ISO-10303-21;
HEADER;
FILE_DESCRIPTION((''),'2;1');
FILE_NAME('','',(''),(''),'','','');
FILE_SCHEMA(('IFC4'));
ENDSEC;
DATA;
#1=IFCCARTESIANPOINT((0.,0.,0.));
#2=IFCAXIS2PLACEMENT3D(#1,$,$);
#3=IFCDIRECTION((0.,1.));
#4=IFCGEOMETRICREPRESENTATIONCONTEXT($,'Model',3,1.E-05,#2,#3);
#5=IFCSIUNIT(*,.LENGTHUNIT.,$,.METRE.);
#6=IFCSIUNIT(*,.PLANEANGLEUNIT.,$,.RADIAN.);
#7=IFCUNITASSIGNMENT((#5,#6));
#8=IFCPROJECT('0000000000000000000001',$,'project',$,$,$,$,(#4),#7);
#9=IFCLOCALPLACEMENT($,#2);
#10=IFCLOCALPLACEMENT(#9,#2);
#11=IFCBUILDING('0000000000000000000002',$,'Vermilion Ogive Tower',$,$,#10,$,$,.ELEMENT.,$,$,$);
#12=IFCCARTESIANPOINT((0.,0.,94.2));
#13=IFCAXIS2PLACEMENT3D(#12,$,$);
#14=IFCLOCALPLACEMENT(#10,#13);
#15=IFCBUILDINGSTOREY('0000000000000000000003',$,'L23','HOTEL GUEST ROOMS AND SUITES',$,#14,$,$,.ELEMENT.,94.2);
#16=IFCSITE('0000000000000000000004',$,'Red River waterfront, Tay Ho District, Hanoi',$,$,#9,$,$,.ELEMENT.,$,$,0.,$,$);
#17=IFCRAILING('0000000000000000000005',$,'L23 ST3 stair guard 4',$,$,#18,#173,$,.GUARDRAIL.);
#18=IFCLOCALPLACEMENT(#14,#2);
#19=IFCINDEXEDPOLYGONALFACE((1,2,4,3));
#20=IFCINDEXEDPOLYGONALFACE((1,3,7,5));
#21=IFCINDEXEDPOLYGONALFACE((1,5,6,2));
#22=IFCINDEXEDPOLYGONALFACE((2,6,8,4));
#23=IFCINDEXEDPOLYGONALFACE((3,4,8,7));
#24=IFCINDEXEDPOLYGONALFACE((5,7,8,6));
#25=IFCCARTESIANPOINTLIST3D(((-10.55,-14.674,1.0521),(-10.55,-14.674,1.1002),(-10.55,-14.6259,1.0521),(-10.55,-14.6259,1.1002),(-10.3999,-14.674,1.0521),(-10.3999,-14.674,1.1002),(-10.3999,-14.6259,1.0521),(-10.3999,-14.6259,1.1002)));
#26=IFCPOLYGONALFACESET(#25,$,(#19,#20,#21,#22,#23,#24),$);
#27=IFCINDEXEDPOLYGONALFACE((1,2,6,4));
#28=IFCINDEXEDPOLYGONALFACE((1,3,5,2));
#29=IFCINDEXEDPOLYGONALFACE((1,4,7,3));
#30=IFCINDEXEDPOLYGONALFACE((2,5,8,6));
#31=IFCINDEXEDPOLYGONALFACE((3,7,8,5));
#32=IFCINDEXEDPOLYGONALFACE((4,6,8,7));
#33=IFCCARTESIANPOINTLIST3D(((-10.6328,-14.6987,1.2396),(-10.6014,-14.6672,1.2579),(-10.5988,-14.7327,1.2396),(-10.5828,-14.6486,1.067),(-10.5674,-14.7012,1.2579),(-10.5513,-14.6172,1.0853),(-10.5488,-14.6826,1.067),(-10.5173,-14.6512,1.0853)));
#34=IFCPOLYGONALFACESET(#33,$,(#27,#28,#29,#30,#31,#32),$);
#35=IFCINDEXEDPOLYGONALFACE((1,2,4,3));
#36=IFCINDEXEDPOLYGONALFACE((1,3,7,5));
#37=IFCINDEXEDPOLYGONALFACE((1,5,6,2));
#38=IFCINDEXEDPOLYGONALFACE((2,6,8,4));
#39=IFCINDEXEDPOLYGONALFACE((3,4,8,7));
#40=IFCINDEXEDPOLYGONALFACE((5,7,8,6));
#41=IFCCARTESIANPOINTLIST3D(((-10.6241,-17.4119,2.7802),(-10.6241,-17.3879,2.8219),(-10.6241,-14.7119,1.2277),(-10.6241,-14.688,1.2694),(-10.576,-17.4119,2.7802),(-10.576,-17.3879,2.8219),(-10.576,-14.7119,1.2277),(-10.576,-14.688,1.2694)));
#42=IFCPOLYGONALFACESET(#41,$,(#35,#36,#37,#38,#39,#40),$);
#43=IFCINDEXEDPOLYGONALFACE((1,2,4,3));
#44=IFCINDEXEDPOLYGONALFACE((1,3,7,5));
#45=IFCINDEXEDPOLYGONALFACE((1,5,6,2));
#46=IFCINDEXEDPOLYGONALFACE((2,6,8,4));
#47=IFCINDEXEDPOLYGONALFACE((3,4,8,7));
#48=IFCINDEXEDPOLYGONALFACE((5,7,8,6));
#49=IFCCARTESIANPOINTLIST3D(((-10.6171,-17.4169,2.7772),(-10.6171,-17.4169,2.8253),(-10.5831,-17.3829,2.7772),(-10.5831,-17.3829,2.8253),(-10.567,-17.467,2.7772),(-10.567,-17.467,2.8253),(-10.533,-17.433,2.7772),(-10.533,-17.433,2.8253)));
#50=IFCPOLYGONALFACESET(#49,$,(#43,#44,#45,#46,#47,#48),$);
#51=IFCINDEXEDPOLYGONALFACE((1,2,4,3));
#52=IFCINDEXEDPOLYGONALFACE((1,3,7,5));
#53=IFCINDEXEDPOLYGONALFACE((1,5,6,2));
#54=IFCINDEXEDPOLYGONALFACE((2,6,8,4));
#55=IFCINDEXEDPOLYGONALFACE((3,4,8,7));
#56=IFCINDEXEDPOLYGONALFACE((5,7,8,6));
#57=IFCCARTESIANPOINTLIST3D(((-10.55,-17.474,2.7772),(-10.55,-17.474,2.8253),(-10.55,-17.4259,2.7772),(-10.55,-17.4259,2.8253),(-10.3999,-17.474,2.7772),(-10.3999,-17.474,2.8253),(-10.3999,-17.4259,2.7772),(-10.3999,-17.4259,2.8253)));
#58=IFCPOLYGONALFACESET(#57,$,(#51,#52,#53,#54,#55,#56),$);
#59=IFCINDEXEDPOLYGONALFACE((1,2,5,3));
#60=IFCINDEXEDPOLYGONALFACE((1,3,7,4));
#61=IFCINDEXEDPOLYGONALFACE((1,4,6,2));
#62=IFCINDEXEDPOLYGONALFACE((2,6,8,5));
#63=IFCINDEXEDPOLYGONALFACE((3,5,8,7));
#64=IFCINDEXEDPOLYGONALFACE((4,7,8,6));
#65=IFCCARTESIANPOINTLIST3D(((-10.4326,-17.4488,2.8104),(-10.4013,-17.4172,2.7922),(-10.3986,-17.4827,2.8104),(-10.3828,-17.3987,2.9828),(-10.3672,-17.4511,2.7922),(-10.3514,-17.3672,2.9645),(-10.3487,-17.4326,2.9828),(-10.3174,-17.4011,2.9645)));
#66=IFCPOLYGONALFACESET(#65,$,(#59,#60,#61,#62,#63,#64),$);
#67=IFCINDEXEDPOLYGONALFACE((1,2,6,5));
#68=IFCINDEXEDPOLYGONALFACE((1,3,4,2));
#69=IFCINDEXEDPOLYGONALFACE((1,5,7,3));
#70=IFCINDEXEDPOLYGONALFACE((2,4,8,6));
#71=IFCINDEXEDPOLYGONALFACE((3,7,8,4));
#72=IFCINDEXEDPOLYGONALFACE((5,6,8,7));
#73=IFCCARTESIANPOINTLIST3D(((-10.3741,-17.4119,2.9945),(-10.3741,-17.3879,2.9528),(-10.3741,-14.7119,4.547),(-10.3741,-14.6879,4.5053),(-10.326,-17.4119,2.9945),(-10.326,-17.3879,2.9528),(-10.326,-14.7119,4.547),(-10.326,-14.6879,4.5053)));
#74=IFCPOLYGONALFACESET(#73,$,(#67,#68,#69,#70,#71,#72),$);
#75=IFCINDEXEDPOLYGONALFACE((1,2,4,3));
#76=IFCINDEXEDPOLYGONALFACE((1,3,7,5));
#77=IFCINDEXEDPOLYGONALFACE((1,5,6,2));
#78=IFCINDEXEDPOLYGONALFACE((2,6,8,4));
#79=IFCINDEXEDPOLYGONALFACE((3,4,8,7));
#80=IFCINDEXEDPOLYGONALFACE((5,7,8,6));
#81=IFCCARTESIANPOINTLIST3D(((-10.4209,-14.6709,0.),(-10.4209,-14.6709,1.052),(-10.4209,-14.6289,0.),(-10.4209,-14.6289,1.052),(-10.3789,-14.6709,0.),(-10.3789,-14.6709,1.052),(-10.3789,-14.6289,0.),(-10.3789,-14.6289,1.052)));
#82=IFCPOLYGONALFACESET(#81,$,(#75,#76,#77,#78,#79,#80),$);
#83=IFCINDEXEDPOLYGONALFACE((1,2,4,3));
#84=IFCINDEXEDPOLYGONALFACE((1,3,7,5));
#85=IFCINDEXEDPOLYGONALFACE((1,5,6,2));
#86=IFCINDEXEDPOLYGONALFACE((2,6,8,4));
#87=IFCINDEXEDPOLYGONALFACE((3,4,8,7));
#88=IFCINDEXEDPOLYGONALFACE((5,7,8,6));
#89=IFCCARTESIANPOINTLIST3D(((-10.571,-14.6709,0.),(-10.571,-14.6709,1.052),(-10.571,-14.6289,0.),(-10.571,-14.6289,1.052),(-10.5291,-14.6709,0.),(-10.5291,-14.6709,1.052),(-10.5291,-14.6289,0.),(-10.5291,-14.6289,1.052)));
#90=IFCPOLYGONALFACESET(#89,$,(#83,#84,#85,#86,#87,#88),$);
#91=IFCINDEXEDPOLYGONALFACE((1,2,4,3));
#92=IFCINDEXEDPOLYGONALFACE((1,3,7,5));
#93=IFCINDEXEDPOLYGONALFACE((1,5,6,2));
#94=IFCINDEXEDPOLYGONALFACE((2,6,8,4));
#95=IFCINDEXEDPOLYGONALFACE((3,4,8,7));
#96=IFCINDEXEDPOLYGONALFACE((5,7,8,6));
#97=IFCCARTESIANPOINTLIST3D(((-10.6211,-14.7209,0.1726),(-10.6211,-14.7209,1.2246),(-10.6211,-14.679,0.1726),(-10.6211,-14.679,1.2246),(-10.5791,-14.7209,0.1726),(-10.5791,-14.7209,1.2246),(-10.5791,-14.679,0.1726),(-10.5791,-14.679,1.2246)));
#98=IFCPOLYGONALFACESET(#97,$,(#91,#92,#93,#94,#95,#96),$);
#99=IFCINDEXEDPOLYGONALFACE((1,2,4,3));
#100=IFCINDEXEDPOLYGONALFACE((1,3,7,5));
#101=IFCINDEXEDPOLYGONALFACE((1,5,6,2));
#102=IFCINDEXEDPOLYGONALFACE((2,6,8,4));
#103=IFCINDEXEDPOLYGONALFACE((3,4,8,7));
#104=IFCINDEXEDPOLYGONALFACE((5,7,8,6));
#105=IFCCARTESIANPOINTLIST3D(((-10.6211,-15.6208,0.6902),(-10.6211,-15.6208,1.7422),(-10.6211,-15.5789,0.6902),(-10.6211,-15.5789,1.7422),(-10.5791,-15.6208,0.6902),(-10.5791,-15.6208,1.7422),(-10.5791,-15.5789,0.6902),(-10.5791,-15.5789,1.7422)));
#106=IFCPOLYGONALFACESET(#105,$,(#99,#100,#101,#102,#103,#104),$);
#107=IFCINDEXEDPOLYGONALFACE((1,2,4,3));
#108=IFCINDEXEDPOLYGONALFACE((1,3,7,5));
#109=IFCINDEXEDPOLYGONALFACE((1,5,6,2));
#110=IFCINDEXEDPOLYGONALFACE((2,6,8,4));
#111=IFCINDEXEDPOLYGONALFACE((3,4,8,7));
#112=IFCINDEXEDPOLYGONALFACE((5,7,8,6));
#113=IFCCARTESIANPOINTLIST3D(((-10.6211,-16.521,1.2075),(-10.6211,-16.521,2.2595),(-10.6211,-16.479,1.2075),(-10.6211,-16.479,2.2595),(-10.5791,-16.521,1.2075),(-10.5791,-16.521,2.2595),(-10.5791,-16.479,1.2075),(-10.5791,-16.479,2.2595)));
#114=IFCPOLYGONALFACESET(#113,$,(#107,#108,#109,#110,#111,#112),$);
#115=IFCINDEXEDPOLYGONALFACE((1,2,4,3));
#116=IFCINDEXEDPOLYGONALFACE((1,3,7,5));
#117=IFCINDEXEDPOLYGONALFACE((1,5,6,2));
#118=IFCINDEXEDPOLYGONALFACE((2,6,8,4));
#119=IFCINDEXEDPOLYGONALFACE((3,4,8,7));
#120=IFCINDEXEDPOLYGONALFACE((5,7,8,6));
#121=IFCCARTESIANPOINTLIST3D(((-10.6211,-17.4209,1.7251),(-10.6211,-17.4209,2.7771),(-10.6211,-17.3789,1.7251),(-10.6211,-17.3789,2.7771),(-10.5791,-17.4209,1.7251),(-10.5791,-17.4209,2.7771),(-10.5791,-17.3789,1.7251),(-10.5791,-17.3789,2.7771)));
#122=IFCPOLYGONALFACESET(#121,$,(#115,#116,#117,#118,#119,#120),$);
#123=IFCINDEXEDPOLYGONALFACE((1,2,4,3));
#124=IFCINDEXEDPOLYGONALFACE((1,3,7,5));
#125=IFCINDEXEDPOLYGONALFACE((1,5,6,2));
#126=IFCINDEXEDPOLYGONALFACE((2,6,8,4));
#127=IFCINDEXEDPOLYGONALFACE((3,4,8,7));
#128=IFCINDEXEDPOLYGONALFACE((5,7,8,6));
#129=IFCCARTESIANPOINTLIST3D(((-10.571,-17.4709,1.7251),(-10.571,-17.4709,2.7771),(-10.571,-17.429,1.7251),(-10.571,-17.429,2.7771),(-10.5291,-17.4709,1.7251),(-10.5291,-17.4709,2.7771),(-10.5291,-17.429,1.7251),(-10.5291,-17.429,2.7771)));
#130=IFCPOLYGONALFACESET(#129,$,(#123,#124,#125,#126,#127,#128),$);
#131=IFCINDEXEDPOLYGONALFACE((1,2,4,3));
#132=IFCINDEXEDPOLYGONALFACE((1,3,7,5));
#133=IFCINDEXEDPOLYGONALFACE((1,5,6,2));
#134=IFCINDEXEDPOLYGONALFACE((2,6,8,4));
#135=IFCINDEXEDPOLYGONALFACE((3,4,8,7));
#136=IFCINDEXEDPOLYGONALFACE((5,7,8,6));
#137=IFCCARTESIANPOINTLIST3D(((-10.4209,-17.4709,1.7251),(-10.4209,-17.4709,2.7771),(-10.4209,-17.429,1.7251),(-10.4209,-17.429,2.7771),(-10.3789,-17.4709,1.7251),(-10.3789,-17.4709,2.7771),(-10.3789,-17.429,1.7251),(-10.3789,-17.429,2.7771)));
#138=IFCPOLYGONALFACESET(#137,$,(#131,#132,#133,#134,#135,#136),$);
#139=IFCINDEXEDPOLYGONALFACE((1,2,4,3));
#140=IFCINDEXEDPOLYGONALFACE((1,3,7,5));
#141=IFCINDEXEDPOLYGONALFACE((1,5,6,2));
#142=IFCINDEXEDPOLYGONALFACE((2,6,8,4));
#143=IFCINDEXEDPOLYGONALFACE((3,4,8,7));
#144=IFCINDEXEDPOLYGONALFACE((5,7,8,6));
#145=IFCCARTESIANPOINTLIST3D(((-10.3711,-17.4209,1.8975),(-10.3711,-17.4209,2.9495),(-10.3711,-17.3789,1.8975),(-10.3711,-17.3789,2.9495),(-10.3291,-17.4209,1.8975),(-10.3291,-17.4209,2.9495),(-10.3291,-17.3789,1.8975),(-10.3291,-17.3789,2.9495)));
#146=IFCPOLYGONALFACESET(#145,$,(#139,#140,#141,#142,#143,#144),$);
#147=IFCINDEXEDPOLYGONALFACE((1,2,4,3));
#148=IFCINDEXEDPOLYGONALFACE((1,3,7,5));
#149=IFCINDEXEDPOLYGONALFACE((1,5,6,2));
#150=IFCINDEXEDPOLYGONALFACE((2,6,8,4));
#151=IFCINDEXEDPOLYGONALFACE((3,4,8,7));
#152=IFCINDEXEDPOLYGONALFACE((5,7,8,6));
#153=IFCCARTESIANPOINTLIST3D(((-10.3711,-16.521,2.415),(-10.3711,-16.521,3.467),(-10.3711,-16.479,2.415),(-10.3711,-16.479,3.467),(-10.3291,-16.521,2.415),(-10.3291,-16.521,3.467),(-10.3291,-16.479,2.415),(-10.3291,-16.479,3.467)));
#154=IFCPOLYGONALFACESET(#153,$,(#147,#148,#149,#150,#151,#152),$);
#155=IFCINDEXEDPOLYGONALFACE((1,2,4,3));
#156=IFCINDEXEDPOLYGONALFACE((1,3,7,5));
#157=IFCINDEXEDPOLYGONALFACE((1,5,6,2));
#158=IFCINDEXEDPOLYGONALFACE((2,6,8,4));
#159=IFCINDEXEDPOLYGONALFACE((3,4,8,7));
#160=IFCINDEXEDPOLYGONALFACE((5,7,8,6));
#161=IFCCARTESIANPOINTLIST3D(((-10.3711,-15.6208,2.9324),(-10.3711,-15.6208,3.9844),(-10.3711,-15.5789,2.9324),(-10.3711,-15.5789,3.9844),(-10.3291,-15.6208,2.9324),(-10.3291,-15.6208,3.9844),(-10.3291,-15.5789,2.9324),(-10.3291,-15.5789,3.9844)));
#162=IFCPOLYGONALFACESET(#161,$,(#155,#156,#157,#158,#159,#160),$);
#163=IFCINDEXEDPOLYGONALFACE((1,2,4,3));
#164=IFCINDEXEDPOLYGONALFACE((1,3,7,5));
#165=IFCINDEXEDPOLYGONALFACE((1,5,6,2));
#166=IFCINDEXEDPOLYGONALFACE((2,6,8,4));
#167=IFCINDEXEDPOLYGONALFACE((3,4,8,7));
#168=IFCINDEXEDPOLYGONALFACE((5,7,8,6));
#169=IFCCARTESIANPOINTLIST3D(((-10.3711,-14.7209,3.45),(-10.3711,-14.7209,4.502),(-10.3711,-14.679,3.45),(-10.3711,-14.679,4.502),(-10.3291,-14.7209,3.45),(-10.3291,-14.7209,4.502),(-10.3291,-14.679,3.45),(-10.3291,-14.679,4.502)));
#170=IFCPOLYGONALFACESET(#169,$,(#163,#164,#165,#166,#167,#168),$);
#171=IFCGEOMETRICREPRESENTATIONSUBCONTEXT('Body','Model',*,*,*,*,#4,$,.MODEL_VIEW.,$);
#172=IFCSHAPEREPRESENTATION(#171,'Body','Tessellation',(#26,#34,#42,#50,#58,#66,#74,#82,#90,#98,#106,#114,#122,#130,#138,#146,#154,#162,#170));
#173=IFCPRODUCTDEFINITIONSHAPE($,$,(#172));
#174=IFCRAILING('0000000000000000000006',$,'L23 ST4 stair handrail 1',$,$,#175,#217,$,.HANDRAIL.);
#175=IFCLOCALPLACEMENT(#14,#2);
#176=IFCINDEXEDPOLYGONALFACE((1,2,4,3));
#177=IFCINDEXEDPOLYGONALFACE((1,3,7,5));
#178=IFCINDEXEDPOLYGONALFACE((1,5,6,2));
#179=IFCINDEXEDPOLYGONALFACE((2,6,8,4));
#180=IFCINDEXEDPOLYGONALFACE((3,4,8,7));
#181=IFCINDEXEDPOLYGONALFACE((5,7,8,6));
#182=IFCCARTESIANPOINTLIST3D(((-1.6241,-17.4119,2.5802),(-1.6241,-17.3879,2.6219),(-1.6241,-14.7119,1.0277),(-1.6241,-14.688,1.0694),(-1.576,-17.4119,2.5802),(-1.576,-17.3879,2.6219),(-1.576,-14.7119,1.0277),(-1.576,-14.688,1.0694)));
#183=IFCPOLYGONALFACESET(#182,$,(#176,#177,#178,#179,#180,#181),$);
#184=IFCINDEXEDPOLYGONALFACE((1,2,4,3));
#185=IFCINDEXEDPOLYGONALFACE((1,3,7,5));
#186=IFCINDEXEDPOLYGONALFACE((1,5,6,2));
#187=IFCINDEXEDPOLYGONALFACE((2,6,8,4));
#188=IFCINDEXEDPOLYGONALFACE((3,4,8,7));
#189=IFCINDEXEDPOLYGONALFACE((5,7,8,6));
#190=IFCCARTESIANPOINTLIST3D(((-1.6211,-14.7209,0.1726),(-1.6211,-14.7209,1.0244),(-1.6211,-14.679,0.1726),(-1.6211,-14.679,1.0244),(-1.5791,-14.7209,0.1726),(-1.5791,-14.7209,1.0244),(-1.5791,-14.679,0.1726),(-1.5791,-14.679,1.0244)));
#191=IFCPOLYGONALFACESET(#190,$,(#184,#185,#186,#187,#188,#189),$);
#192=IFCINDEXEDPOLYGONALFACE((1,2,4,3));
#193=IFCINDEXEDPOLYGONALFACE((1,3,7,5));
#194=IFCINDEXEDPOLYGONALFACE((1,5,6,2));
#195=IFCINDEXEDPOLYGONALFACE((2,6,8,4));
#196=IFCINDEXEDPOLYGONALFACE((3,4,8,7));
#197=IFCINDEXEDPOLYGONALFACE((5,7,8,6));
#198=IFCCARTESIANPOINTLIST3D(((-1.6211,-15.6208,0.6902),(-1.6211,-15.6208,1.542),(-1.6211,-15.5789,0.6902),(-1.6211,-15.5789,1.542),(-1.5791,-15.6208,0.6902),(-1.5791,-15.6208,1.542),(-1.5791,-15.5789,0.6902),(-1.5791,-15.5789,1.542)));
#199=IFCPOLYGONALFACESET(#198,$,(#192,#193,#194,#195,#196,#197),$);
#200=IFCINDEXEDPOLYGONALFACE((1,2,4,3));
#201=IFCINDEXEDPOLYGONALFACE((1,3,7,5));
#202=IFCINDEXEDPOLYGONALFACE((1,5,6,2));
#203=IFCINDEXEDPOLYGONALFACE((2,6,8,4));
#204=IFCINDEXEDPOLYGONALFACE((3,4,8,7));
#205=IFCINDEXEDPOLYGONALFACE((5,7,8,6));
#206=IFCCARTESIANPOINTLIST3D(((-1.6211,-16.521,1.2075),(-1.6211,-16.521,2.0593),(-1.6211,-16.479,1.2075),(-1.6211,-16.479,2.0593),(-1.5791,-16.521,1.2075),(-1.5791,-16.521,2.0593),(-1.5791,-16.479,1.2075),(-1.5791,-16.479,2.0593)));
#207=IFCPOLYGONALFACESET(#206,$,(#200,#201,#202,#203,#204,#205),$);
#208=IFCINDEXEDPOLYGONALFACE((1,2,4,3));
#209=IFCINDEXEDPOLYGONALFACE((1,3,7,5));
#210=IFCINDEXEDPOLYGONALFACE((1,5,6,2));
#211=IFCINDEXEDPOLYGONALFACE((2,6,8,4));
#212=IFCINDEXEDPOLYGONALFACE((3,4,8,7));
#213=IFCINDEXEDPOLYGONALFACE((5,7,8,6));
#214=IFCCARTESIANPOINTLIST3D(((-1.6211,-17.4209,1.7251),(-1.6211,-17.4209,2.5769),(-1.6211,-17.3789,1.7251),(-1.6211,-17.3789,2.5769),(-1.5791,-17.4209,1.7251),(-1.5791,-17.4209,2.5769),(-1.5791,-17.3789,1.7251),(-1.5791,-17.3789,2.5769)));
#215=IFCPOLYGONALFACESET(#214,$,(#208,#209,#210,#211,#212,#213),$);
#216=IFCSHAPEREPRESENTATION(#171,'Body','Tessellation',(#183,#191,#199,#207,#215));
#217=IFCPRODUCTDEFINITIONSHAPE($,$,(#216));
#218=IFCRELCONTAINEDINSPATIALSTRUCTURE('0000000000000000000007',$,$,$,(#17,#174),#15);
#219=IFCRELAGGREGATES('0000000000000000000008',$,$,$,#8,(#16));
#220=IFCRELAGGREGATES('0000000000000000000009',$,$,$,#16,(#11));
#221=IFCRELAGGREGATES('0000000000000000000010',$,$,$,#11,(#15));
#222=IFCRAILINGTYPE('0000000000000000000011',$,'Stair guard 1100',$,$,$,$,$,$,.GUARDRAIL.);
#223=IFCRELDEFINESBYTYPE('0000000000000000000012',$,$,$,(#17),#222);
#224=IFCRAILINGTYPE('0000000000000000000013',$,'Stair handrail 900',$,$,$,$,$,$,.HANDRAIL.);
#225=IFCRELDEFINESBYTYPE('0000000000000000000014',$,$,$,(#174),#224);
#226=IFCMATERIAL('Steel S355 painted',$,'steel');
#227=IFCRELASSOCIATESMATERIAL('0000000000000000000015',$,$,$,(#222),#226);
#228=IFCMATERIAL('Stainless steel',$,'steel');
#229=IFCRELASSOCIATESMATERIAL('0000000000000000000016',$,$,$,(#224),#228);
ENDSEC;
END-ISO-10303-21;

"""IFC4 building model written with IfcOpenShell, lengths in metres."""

from ifc_helpers import new_model, si_unit, direction, frame, origin, origin_2d, place, context, subcontext, project, spatial, rectangle, extrude, material, type_object, element, save


model = new_model("IFC4")

# Units and contexts
model_context = context("Model", 3, precision=1e-05, world=origin(), true_north=direction((0.0, 1.0)))
body_context = subcontext(model_context, "Body", "Model", "MODEL_VIEW")
ifc_project = project(units=[si_unit("LENGTHUNIT", "METRE"), si_unit("PLANEANGLEUNIT", "RADIAN")], contexts=[model_context])

# Site, building, storey
site_placement = place(None, origin())
site = spatial("IfcSite", under=ifc_project, at=site_placement, Name="Red River waterfront, Tay Ho District, Hanoi", CompositionType="ELEMENT", RefElevation=0.0)
building_placement = place(site_placement, origin())
building = spatial("IfcBuilding", under=site, at=building_placement, Name="Vermilion Ogive Tower", CompositionType="ELEMENT")
storey_placement = place(building_placement, frame((0.0, 0.0, 94.2)))
storey = spatial("IfcBuildingStorey", under=building, at=storey_placement, Name="L23", Description="HOTEL GUEST ROOMS AND SUITES", CompositionType="ELEMENT", Elevation=94.2)

# Railings
ifc_material_1 = material(Name="Steel S355 painted", Category="steel")
railing_type_1 = type_object("IfcRailingType", Name="Stair guard 1100", PredefinedType="GUARDRAIL", material=ifc_material_1)
railing_1_placement = place(storey_placement, frame((-10.3999, -14.6499, 0.0)))
element("IfcRailing", 1, at=railing_1_placement, inside=storey, type_object=railing_type_1, Name="L23 ST3 stair guard 4", PredefinedType="GUARDRAIL", context=body_context, shape_type="SweptSolid", body=[
    extrude(rectangle(XDim=0.0481, YDim=0.0481, at=origin_2d()), frame((0.0, 0.0, 1.0762), z_axis=(-1.0, 0.0, 0.0), x_axis=(0.0, -1.0, 0.0)), (0.0, 0.0, 1.0), 0.1501),
    extrude(rectangle(XDim=0.0481, YDim=0.0481, at=origin_2d()), frame((-0.1501, 0.0, 1.0762), z_axis=(-0.268278, -0.268278, 0.925232), x_axis=(0.707107, -0.707107, 0.0)), (0.0, 0.0, 1.0), 0.1865),
    extrude(rectangle(XDim=0.0481, YDim=0.0481, at=origin_2d()), frame((-0.2002, -0.05, 1.2485), z_axis=(0.0, -0.866904, 0.498476), x_axis=(1.0, 0.0, 0.0)), (0.0, 0.0, 1.0), 3.1145),
    extrude(rectangle(XDim=0.0481, YDim=0.0481, at=origin_2d()), frame((-0.2002, -2.75, 2.8013), z_axis=(0.707107, -0.707107, 0.0), x_axis=(0.707107, 0.707107, 0.0)), (0.0, 0.0, 1.0), 0.0708),
    extrude(rectangle(XDim=0.0481, YDim=0.0481, at=origin_2d()), frame((-0.1501, -2.8, 2.8013), z_axis=(1.0, 0.0, 0.0), x_axis=(0.0, 1.0, 0.0)), (0.0, 0.0, 1.0), 0.1501),
    extrude(rectangle(XDim=0.0481, YDim=0.0481, at=origin_2d()), frame((0.0, -2.8, 2.8013), z_axis=(0.267387, 0.268698, 0.925368), x_axis=(-0.708834, 0.705376, 0.0)), (0.0, 0.0, 1.0), 0.1863),
    extrude(rectangle(XDim=0.0481, YDim=0.0481, at=origin_2d()), frame((0.0498, -2.75, 2.9736), z_axis=(0.0, 0.866904, 0.498476), x_axis=(-1.0, 0.0, 0.0)), (0.0, 0.0, 1.0), 3.1145),
    extrude(rectangle(XDim=0.042, YDim=0.042, at=origin_2d()), origin(), (0.0, 0.0, 1.0), 1.052),
    extrude(rectangle(XDim=0.042, YDim=0.042, at=origin_2d()), frame((-0.1501, 0.0, 0.0)), (0.0, 0.0, 1.0), 1.052),
    extrude(rectangle(XDim=0.042, YDim=0.042, at=origin_2d()), frame((-0.2002, -0.05, 0.1726)), (0.0, 0.0, 1.0), 1.052),
    extrude(rectangle(XDim=0.042, YDim=0.042, at=origin_2d()), frame((-0.2002, -0.95, 0.6902)), (0.0, 0.0, 1.0), 1.052),
    extrude(rectangle(XDim=0.042, YDim=0.042, at=origin_2d()), frame((-0.2002, -1.8501, 1.2075)), (0.0, 0.0, 1.0), 1.052),
    extrude(rectangle(XDim=0.042, YDim=0.042, at=origin_2d()), frame((-0.2002, -2.75, 1.7251)), (0.0, 0.0, 1.0), 1.052),
    extrude(rectangle(XDim=0.042, YDim=0.042, at=origin_2d()), frame((-0.1501, -2.8, 1.7251)), (0.0, 0.0, 1.0), 1.052),
    extrude(rectangle(XDim=0.042, YDim=0.042, at=origin_2d()), frame((0.0, -2.8, 1.7251)), (0.0, 0.0, 1.0), 1.052),
    extrude(rectangle(XDim=0.042, YDim=0.042, at=origin_2d()), frame((0.0498, -2.75, 1.8975)), (0.0, 0.0, 1.0), 1.052),
    extrude(rectangle(XDim=0.042, YDim=0.042, at=origin_2d()), frame((0.0498, -1.8501, 2.415)), (0.0, 0.0, 1.0), 1.052),
    extrude(rectangle(XDim=0.042, YDim=0.042, at=origin_2d()), frame((0.0498, -0.95, 2.9324)), (0.0, 0.0, 1.0), 1.052),
    extrude(rectangle(XDim=0.042, YDim=0.042, at=origin_2d()), frame((0.0498, -0.05, 3.45)), (0.0, 0.0, 1.0), 1.052),
])
ifc_material_2 = material(Name="Stainless steel", Category="steel")
railing_type_2 = type_object("IfcRailingType", Name="Stair handrail 900", PredefinedType="HANDRAIL", material=ifc_material_2)
railing_2_placement = place(storey_placement, frame((-1.6001, -14.7, 0.1726)))
element("IfcRailing", 2, at=railing_2_placement, inside=storey, type_object=railing_type_2, Name="L23 ST4 stair handrail 1", PredefinedType="HANDRAIL", context=body_context, shape_type="SweptSolid", body=[
    extrude(rectangle(XDim=0.0481, YDim=0.0481, at=origin_2d()), frame((0.0, 0.0, 0.876), z_axis=(0.0, -0.866904, 0.498476), x_axis=(1.0, 0.0, 0.0)), (0.0, 0.0, 1.0), 3.1145),
    extrude(rectangle(XDim=0.042, YDim=0.042, at=origin_2d()), origin(), (0.0, 0.0, 1.0), 0.8518),
    extrude(rectangle(XDim=0.042, YDim=0.042, at=origin_2d()), frame((0.0, -0.8999, 0.5176)), (0.0, 0.0, 1.0), 0.8518),
    extrude(rectangle(XDim=0.042, YDim=0.042, at=origin_2d()), frame((0.0, -1.8, 1.0349)), (0.0, 0.0, 1.0), 0.8518),
    extrude(rectangle(XDim=0.042, YDim=0.042, at=origin_2d()), frame((0.0, -2.7, 1.5525)), (0.0, 0.0, 1.0), 0.8518),
])

save(model, "model.ifc")
